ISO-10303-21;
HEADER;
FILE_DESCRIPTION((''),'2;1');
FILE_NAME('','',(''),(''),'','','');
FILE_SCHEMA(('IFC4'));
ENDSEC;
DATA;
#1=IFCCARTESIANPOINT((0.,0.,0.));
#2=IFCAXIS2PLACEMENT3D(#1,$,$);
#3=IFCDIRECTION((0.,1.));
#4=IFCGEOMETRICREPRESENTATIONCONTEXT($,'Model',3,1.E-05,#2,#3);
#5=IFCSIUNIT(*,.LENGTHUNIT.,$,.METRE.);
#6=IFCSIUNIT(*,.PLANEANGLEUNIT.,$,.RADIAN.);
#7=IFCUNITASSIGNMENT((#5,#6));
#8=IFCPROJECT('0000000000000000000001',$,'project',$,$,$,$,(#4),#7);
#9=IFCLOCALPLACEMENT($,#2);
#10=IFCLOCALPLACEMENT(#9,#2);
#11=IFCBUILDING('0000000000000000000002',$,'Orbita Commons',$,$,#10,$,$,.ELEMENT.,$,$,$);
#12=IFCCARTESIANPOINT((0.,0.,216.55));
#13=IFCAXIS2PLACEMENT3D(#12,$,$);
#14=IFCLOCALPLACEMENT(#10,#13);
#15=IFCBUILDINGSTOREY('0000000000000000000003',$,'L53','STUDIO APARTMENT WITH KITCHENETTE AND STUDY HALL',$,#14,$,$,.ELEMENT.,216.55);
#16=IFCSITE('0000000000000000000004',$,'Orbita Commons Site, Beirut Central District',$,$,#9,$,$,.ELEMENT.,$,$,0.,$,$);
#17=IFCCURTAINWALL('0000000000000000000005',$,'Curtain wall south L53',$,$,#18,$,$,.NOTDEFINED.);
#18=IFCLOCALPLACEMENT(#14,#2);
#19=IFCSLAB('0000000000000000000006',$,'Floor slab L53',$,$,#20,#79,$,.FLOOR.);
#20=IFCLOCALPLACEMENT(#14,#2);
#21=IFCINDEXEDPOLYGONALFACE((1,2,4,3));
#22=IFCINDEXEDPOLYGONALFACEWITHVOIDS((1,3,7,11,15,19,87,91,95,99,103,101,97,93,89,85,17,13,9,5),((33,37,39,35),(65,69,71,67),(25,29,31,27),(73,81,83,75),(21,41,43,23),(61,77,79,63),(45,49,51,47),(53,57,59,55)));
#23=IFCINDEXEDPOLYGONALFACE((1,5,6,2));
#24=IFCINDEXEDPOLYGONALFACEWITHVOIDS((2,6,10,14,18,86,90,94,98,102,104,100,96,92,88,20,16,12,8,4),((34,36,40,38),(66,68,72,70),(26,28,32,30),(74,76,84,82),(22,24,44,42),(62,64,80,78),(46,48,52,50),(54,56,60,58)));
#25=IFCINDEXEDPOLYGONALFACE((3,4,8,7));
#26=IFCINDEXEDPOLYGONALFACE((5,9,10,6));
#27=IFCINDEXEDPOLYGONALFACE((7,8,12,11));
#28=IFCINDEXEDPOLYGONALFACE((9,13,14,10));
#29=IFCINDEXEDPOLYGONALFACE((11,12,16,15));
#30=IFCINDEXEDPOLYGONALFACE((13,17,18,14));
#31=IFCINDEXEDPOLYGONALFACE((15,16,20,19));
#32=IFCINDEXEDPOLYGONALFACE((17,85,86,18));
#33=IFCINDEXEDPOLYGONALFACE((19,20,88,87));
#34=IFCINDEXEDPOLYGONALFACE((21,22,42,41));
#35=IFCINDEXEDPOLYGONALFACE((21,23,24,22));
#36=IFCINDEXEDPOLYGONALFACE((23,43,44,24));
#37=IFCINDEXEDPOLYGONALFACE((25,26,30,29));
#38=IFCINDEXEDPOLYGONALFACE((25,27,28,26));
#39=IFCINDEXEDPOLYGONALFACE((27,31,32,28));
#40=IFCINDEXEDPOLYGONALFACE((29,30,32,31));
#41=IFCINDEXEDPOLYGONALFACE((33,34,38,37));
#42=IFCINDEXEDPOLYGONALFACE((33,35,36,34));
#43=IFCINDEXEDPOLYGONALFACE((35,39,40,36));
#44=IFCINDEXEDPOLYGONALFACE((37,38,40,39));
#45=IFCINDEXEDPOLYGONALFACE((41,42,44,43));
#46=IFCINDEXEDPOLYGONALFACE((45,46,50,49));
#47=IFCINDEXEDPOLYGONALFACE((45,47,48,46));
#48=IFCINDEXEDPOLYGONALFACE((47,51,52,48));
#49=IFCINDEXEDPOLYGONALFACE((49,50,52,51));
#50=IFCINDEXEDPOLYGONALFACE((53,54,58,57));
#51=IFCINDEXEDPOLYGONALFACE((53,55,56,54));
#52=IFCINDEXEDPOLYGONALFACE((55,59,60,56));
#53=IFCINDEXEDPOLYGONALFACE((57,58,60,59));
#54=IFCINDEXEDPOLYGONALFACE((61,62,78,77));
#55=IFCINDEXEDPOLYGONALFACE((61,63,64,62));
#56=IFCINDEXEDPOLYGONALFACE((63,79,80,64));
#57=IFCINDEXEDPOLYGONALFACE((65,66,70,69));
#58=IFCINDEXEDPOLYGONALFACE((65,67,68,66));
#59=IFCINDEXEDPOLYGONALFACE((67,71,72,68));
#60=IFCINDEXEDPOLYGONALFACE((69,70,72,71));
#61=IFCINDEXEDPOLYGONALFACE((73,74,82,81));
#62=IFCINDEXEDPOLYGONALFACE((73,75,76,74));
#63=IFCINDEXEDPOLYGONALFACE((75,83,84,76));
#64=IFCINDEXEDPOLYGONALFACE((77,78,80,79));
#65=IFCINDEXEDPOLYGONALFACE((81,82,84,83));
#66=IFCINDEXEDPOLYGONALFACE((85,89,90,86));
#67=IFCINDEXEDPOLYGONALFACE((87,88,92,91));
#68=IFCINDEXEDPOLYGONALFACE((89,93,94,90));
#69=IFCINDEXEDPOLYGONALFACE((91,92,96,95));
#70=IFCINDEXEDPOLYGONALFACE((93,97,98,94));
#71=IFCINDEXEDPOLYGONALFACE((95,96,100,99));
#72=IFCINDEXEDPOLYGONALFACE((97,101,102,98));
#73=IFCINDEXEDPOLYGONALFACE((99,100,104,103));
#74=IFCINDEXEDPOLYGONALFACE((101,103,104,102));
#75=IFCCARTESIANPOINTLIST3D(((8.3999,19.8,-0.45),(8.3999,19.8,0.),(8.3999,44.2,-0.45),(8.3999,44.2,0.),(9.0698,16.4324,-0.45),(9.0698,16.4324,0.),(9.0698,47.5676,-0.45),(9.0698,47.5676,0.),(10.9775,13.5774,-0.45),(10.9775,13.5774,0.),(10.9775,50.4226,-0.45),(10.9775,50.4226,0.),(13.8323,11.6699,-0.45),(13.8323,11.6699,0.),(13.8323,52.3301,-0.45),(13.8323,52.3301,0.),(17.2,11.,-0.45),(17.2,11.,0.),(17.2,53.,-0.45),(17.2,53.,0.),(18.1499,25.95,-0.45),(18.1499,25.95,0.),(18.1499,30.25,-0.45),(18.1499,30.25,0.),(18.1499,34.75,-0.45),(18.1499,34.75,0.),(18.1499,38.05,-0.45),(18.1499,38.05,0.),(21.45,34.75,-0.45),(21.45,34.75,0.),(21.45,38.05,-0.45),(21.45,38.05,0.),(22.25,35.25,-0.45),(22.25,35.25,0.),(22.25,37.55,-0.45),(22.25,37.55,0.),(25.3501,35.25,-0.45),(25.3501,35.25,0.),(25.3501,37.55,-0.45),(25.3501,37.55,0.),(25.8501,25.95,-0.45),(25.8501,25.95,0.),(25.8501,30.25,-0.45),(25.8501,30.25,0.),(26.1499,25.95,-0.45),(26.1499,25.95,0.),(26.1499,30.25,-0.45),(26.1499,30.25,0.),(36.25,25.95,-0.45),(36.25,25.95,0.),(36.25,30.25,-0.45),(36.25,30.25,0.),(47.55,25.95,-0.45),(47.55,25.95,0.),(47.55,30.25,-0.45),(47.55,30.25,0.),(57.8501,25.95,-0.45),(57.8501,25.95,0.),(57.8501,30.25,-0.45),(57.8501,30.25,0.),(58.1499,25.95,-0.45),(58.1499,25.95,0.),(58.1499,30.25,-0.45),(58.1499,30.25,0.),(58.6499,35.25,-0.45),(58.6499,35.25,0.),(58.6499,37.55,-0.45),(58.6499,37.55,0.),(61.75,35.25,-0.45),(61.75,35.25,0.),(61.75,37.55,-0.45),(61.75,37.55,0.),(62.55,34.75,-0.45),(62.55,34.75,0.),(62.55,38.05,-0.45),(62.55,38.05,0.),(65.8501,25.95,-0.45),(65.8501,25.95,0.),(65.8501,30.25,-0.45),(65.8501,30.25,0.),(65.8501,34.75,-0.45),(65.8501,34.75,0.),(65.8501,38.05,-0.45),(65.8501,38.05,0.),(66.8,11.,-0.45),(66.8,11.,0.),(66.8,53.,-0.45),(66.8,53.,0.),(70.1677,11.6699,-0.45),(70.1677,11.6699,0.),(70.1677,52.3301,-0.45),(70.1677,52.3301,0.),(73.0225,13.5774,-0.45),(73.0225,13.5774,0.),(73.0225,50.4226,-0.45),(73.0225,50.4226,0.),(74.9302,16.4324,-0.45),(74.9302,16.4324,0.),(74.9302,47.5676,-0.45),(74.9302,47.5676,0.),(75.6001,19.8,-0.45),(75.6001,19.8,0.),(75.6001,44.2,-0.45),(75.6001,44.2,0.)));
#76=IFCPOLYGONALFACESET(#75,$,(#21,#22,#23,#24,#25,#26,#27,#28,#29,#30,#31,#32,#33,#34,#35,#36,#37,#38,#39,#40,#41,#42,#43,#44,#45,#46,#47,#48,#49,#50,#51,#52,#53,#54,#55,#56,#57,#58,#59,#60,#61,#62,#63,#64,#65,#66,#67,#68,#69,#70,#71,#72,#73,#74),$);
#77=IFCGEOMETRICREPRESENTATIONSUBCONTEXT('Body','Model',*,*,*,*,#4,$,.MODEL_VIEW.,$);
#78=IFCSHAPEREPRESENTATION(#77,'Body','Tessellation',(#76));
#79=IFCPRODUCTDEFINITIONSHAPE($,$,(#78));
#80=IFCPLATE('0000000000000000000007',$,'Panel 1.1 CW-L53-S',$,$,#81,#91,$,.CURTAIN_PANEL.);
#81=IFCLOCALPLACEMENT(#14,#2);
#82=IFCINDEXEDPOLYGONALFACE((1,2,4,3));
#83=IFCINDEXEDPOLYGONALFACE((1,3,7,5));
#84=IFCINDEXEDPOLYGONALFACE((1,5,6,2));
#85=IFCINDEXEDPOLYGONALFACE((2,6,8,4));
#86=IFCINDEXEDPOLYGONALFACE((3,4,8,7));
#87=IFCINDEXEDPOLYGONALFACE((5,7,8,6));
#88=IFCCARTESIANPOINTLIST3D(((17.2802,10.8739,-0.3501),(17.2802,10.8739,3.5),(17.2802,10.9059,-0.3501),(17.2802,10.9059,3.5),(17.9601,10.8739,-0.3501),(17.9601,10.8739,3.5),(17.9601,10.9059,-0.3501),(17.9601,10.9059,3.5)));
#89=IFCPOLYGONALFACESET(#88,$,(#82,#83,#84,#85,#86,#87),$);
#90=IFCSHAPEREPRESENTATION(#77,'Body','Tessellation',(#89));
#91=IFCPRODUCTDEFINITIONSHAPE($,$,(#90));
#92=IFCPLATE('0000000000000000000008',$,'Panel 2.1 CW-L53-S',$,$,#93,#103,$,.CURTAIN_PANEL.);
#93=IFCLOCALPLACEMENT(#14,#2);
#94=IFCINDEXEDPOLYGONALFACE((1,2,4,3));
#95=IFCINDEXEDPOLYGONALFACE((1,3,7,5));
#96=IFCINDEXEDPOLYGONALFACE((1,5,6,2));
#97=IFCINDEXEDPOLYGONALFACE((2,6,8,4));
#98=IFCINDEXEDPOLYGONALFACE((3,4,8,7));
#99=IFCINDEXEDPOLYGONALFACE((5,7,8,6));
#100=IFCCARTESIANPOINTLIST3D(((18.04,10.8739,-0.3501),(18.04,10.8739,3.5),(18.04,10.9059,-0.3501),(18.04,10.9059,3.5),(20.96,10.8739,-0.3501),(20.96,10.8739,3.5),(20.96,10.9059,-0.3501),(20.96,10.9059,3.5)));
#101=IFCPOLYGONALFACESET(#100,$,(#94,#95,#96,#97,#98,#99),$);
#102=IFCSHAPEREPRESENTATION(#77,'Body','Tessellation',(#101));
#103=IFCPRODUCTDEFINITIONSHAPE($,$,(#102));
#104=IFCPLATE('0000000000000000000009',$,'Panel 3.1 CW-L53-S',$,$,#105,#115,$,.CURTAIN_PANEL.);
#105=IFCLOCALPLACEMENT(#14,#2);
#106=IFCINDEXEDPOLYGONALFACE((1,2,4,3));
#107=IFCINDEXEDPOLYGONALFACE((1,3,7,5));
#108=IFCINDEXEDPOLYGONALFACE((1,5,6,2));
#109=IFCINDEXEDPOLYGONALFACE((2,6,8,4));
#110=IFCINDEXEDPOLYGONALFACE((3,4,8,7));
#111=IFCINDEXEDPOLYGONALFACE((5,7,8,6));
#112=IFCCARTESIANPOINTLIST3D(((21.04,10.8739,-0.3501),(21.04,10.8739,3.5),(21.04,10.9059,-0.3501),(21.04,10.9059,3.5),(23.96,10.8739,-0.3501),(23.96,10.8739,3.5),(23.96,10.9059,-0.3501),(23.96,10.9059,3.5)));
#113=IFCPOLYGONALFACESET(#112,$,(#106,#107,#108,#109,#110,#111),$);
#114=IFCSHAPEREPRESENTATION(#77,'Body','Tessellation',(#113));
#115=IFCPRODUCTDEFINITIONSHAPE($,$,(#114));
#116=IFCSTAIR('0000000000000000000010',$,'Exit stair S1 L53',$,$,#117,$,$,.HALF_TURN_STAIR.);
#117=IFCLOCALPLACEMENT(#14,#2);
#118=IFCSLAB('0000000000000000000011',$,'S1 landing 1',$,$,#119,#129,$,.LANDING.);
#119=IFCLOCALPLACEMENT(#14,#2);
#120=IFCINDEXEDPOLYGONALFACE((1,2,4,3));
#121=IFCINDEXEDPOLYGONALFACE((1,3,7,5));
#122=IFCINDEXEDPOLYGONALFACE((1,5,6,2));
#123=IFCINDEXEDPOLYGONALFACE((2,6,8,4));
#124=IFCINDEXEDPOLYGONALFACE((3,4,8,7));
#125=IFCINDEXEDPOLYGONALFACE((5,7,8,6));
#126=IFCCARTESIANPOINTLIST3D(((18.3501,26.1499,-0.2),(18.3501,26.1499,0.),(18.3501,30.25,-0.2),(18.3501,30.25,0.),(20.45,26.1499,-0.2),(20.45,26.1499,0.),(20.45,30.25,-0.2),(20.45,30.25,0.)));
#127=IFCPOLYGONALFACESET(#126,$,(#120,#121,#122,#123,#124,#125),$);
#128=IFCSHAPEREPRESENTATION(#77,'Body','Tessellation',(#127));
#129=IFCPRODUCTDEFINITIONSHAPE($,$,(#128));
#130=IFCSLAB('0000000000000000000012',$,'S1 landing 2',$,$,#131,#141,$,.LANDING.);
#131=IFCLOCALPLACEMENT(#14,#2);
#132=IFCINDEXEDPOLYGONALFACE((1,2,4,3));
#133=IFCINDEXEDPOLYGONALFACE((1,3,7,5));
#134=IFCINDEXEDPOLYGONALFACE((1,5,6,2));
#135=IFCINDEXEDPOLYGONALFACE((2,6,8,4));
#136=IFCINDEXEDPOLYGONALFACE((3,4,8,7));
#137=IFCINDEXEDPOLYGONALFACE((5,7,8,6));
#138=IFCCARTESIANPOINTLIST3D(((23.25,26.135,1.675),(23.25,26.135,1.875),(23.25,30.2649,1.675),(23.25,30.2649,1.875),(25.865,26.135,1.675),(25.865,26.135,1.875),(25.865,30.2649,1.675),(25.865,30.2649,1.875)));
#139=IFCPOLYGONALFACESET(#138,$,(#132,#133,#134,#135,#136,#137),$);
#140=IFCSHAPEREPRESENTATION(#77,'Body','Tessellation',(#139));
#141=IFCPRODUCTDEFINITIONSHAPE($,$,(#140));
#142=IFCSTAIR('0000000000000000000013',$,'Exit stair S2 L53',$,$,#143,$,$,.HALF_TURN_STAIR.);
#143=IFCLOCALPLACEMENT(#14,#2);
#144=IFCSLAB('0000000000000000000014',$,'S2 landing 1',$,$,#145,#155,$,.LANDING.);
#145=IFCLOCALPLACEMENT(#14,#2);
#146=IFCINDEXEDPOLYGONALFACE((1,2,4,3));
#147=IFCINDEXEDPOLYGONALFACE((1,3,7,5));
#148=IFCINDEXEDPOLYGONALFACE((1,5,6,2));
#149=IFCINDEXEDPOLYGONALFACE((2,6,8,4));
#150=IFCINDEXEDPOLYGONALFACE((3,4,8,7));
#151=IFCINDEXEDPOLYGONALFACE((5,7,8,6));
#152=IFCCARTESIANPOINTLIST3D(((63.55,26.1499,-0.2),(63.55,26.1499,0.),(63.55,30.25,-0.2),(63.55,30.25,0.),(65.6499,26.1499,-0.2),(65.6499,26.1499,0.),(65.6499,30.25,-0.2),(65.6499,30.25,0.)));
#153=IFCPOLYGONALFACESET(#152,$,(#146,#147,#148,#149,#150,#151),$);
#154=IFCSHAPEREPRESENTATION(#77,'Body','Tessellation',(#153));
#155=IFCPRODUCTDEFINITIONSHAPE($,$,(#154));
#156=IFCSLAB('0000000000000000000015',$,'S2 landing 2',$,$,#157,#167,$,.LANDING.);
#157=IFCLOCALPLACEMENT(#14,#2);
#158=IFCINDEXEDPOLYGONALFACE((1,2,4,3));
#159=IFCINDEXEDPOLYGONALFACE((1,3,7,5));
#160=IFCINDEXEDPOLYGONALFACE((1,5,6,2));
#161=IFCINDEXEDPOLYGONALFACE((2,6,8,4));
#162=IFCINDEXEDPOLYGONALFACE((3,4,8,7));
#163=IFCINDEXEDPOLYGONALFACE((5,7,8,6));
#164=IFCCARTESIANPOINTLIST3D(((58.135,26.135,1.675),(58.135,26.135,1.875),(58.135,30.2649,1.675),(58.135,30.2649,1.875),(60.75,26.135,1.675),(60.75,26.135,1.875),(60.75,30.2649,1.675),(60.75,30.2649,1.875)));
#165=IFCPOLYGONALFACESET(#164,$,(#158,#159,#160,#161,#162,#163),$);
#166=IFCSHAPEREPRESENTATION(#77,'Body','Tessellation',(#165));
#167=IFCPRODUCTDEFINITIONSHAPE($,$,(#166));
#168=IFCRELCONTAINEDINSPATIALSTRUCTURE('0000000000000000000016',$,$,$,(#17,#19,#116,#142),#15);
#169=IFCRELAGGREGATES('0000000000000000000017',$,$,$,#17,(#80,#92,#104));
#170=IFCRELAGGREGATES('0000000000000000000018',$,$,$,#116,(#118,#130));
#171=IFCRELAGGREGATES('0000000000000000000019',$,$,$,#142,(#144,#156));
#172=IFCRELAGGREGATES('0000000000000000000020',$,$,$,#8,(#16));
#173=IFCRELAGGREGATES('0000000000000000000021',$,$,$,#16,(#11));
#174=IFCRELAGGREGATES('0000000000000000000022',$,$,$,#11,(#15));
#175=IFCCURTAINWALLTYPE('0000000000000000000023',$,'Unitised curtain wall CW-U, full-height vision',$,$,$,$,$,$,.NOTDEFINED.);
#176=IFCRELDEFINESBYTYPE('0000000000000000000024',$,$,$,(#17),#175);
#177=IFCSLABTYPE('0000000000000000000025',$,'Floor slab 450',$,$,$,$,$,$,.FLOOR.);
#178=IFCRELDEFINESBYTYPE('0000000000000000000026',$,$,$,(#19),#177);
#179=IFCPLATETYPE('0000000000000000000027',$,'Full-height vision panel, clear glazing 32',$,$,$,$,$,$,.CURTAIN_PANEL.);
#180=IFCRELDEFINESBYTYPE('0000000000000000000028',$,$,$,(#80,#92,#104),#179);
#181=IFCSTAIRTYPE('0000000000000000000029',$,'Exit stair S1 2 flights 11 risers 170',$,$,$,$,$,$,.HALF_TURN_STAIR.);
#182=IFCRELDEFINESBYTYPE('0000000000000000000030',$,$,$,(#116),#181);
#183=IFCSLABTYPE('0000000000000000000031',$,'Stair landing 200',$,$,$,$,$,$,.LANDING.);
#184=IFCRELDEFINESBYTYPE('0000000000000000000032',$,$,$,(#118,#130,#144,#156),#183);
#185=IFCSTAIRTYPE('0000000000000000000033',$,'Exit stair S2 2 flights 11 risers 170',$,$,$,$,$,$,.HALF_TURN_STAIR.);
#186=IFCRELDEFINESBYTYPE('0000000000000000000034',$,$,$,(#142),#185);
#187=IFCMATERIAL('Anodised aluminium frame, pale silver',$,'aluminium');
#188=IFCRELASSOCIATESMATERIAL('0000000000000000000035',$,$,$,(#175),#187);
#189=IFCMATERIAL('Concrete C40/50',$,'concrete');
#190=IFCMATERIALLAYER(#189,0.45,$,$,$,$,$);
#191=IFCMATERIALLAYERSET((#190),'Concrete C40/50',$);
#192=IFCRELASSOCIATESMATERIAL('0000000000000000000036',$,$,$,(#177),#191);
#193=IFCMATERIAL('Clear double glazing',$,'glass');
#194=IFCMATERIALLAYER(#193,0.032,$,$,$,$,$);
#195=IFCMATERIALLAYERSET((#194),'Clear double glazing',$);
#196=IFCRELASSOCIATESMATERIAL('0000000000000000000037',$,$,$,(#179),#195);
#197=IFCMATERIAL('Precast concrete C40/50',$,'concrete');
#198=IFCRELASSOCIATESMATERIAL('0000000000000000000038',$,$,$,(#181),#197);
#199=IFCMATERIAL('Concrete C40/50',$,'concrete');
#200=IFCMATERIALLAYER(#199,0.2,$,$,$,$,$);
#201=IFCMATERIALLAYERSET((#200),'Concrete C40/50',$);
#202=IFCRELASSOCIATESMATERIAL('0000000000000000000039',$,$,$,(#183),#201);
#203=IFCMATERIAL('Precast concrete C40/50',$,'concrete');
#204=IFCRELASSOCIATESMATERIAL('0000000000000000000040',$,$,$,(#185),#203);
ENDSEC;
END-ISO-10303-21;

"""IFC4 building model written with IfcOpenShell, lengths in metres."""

from ifc_helpers import new_model, si_unit, direction, frame, origin, origin_2d, place, context, subcontext, project, spatial, polyline, rectangle, outline, extrude, material, layer, layer_set, type_object, element, aggregate, save


model = new_model("IFC4")

# Units and contexts
model_context = context("Model", 3, precision=1e-05, world=origin(), true_north=direction((0.0, 1.0)))
body_context = subcontext(model_context, "Body", "Model", "MODEL_VIEW")
ifc_project = project(units=[si_unit("LENGTHUNIT", "METRE"), si_unit("PLANEANGLEUNIT", "RADIAN")], contexts=[model_context])

# Site, building, storey
site_placement = place(None, origin())
site = spatial("IfcSite", under=ifc_project, at=site_placement, Name="Orbita Commons Site, Beirut Central District", CompositionType="ELEMENT", RefElevation=0.0)
building_placement = place(site_placement, origin())
building = spatial("IfcBuilding", under=site, at=building_placement, Name="Orbita Commons", CompositionType="ELEMENT")
storey_placement = place(building_placement, frame((0.0, 0.0, 216.55)))
storey = spatial("IfcBuildingStorey", under=building, at=storey_placement, Name="L53", Description="STUDIO APARTMENT WITH KITCHENETTE AND STUDY HALL", CompositionType="ELEMENT", Elevation=216.55)

# Curtain wall
ifc_material_1 = material(Name="Anodised aluminium frame, pale silver", Category="aluminium")
curtain_wall_type = type_object("IfcCurtainWallType", Name="Unitised curtain wall CW-U, full-height vision", PredefinedType="NOTDEFINED", material=ifc_material_1)
curtain_wall_placement = place(storey_placement, origin())
curtain_wall = element("IfcCurtainWall", 1, at=curtain_wall_placement, inside=storey, type_object=curtain_wall_type, Name="Curtain wall south L53", PredefinedType="NOTDEFINED")

# Slab
ifc_material_2 = material(Name="Concrete C40/50", Category="concrete")
ifc_layer_1 = layer(ifc_material_2, 0.45)
ifc_layer_set_1 = layer_set([ifc_layer_1], Name="Concrete C40/50")
slab_type_1 = type_object("IfcSlabType", Name="Floor slab 450", PredefinedType="FLOOR", material=ifc_layer_set_1)
slab_1_placement = place(storey_placement, frame((0.0, 0.0, -0.45)))
element("IfcSlab", 2, at=slab_1_placement, inside=storey, type_object=slab_type_1, Name="Floor slab L53", PredefinedType="FLOOR", context=body_context, shape_type="SweptSolid", body=[
    extrude(outline(polyline([(66.8, 11.0), (70.1677, 11.6699), (73.0225, 13.5774), (74.9302, 16.4324), (75.6001, 19.8), (75.6001, 44.2), (74.9302, 47.5676), (73.0225, 50.4226), (70.1677, 52.3301), (66.8, 53.0), (17.2, 53.0), (13.8323, 52.3301), (10.9775, 50.4226), (9.0698, 47.5676), (8.3999, 44.2), (8.3999, 19.8), (9.0698, 16.4324), (10.9775, 13.5774), (13.8323, 11.6699), (17.2, 11.0), (66.8, 11.0)]), holes=[polyline([(18.1499, 25.95), (25.8501, 25.95), (25.8501, 30.25), (18.1499, 30.25), (18.1499, 25.95)]), polyline([(58.1499, 25.95), (65.8501, 25.95), (65.8501, 30.25), (58.1499, 30.25), (58.1499, 25.95)]), polyline([(18.1499, 34.75), (21.45, 34.75), (21.45, 38.05), (18.1499, 38.05), (18.1499, 34.75)]), polyline([(62.55, 34.75), (65.8501, 34.75), (65.8501, 38.05), (62.55, 38.05), (62.55, 34.75)]), polyline([(22.25, 35.25), (25.3501, 35.25), (25.3501, 37.55), (22.25, 37.55), (22.25, 35.25)]), polyline([(58.6499, 35.25), (61.75, 35.25), (61.75, 37.55), (58.6499, 37.55), (58.6499, 35.25)]), polyline([(26.1499, 25.95), (36.25, 25.95), (36.25, 30.25), (26.1499, 30.25), (26.1499, 25.95)]), polyline([(47.55, 25.95), (57.8501, 25.95), (57.8501, 30.25), (47.55, 30.25), (47.55, 25.95)])]), origin(), (0.0, 0.0, 1.0), 0.45),
])

# Plates
ifc_material_3 = material(Name="Clear double glazing", Category="glass")
ifc_layer_2 = layer(ifc_material_3, 0.032)
ifc_layer_set_2 = layer_set([ifc_layer_2], Name="Clear double glazing")
plate_type = type_object("IfcPlateType", Name="Full-height vision panel, clear glazing 32", PredefinedType="CURTAIN_PANEL", material=ifc_layer_set_2)
plate_1_placement = place(storey_placement, frame((17.6201, 10.8899, -0.3501), z_axis=(0.0, 0.0, 1.0), x_axis=(1.0, 0.0, 0.0)))
plate_1 = element("IfcPlate", 3, at=plate_1_placement, type_object=plate_type, Name="Panel 1.1 CW-L53-S", PredefinedType="CURTAIN_PANEL", context=body_context, shape_type="SweptSolid", body=[
    extrude(rectangle(XDim=0.6799, YDim=0.032, at=origin_2d()), origin(), (0.0, 0.0, 1.0), 3.8501),
])
plate_2_placement = place(storey_placement, frame((19.5, 10.8899, -0.3501), z_axis=(0.0, 0.0, 1.0), x_axis=(1.0, 0.0, 0.0)))
plate_2 = element("IfcPlate", 4, at=plate_2_placement, type_object=plate_type, Name="Panel 2.1 CW-L53-S", PredefinedType="CURTAIN_PANEL", context=body_context, shape_type="SweptSolid", body=[
    extrude(rectangle(XDim=2.9199, YDim=0.032, at=origin_2d()), origin(), (0.0, 0.0, 1.0), 3.8501),
])
plate_3_placement = place(storey_placement, frame((22.5, 10.8899, -0.3501), z_axis=(0.0, 0.0, 1.0), x_axis=(1.0, 0.0, 0.0)))
plate_3 = element("IfcPlate", 5, at=plate_3_placement, type_object=plate_type, Name="Panel 3.1 CW-L53-S", PredefinedType="CURTAIN_PANEL", context=body_context, shape_type="SweptSolid", body=[
    extrude(rectangle(XDim=2.9199, YDim=0.032, at=origin_2d()), origin(), (0.0, 0.0, 1.0), 3.8501),
])
aggregate(curtain_wall, [plate_1, plate_2, plate_3])

# Stairs, slabs
ifc_material_4 = material(Name="Precast concrete C40/50", Category="concrete")
stair_type_1 = type_object("IfcStairType", Name="Exit stair S1 2 flights 11 risers 170", PredefinedType="HALF_TURN_STAIR", material=ifc_material_4)
stair_1_placement = place(storey_placement, origin())
stair_1 = element("IfcStair", 6, at=stair_1_placement, inside=storey, type_object=stair_type_1, Name="Exit stair S1 L53", PredefinedType="HALF_TURN_STAIR")
ifc_material_5 = material(Name="Concrete C40/50", Category="concrete")
ifc_layer_3 = layer(ifc_material_5, 0.2)
ifc_layer_set_3 = layer_set([ifc_layer_3], Name="Concrete C40/50")
slab_type_2 = type_object("IfcSlabType", Name="Stair landing 200", PredefinedType="LANDING", material=ifc_layer_set_3)
slab_2_placement = place(storey_placement, frame((0.0, 0.0, -0.2)))
slab_2 = element("IfcSlab", 7, at=slab_2_placement, type_object=slab_type_2, Name="S1 landing 1", PredefinedType="LANDING", context=body_context, shape_type="SweptSolid", body=[
    extrude(outline(polyline([(18.3501, 26.1499), (20.45, 26.1499), (20.45, 30.25), (18.3501, 30.25), (18.3501, 26.1499)])), origin(), (0.0, 0.0, 1.0), 0.2),
])
slab_3_placement = place(storey_placement, frame((0.0, 0.0, 1.675)))
slab_3 = element("IfcSlab", 8, at=slab_3_placement, type_object=slab_type_2, Name="S1 landing 2", PredefinedType="LANDING", context=body_context, shape_type="SweptSolid", body=[
    extrude(outline(polyline([(23.25, 26.135), (25.865, 26.135), (25.865, 30.2649), (23.25, 30.2649), (23.25, 26.135)])), origin(), (0.0, 0.0, 1.0), 0.2),
])
aggregate(stair_1, [slab_2, slab_3])
ifc_material_6 = material(Name="Precast concrete C40/50", Category="concrete")
stair_type_2 = type_object("IfcStairType", Name="Exit stair S2 2 flights 11 risers 170", PredefinedType="HALF_TURN_STAIR", material=ifc_material_6)
stair_2_placement = place(storey_placement, origin())
stair_2 = element("IfcStair", 9, at=stair_2_placement, inside=storey, type_object=stair_type_2, Name="Exit stair S2 L53", PredefinedType="HALF_TURN_STAIR")
slab_4_placement = place(storey_placement, frame((0.0, 0.0, -0.2)))
slab_4 = element("IfcSlab", 10, at=slab_4_placement, type_object=slab_type_2, Name="S2 landing 1", PredefinedType="LANDING", context=body_context, shape_type="SweptSolid", body=[
    extrude(outline(polyline([(63.55, 26.1499), (65.6499, 26.1499), (65.6499, 30.25), (63.55, 30.25), (63.55, 26.1499)])), origin(), (0.0, 0.0, 1.0), 0.2),
])
slab_5_placement = place(storey_placement, frame((0.0, 0.0, 1.675)))
slab_5 = element("IfcSlab", 11, at=slab_5_placement, type_object=slab_type_2, Name="S2 landing 2", PredefinedType="LANDING", context=body_context, shape_type="SweptSolid", body=[
    extrude(outline(polyline([(58.135, 26.135), (60.75, 26.135), (60.75, 30.2649), (58.135, 30.2649), (58.135, 26.135)])), origin(), (0.0, 0.0, 1.0), 0.2),
])
aggregate(stair_2, [slab_4, slab_5])

save(model, "model.ifc")
